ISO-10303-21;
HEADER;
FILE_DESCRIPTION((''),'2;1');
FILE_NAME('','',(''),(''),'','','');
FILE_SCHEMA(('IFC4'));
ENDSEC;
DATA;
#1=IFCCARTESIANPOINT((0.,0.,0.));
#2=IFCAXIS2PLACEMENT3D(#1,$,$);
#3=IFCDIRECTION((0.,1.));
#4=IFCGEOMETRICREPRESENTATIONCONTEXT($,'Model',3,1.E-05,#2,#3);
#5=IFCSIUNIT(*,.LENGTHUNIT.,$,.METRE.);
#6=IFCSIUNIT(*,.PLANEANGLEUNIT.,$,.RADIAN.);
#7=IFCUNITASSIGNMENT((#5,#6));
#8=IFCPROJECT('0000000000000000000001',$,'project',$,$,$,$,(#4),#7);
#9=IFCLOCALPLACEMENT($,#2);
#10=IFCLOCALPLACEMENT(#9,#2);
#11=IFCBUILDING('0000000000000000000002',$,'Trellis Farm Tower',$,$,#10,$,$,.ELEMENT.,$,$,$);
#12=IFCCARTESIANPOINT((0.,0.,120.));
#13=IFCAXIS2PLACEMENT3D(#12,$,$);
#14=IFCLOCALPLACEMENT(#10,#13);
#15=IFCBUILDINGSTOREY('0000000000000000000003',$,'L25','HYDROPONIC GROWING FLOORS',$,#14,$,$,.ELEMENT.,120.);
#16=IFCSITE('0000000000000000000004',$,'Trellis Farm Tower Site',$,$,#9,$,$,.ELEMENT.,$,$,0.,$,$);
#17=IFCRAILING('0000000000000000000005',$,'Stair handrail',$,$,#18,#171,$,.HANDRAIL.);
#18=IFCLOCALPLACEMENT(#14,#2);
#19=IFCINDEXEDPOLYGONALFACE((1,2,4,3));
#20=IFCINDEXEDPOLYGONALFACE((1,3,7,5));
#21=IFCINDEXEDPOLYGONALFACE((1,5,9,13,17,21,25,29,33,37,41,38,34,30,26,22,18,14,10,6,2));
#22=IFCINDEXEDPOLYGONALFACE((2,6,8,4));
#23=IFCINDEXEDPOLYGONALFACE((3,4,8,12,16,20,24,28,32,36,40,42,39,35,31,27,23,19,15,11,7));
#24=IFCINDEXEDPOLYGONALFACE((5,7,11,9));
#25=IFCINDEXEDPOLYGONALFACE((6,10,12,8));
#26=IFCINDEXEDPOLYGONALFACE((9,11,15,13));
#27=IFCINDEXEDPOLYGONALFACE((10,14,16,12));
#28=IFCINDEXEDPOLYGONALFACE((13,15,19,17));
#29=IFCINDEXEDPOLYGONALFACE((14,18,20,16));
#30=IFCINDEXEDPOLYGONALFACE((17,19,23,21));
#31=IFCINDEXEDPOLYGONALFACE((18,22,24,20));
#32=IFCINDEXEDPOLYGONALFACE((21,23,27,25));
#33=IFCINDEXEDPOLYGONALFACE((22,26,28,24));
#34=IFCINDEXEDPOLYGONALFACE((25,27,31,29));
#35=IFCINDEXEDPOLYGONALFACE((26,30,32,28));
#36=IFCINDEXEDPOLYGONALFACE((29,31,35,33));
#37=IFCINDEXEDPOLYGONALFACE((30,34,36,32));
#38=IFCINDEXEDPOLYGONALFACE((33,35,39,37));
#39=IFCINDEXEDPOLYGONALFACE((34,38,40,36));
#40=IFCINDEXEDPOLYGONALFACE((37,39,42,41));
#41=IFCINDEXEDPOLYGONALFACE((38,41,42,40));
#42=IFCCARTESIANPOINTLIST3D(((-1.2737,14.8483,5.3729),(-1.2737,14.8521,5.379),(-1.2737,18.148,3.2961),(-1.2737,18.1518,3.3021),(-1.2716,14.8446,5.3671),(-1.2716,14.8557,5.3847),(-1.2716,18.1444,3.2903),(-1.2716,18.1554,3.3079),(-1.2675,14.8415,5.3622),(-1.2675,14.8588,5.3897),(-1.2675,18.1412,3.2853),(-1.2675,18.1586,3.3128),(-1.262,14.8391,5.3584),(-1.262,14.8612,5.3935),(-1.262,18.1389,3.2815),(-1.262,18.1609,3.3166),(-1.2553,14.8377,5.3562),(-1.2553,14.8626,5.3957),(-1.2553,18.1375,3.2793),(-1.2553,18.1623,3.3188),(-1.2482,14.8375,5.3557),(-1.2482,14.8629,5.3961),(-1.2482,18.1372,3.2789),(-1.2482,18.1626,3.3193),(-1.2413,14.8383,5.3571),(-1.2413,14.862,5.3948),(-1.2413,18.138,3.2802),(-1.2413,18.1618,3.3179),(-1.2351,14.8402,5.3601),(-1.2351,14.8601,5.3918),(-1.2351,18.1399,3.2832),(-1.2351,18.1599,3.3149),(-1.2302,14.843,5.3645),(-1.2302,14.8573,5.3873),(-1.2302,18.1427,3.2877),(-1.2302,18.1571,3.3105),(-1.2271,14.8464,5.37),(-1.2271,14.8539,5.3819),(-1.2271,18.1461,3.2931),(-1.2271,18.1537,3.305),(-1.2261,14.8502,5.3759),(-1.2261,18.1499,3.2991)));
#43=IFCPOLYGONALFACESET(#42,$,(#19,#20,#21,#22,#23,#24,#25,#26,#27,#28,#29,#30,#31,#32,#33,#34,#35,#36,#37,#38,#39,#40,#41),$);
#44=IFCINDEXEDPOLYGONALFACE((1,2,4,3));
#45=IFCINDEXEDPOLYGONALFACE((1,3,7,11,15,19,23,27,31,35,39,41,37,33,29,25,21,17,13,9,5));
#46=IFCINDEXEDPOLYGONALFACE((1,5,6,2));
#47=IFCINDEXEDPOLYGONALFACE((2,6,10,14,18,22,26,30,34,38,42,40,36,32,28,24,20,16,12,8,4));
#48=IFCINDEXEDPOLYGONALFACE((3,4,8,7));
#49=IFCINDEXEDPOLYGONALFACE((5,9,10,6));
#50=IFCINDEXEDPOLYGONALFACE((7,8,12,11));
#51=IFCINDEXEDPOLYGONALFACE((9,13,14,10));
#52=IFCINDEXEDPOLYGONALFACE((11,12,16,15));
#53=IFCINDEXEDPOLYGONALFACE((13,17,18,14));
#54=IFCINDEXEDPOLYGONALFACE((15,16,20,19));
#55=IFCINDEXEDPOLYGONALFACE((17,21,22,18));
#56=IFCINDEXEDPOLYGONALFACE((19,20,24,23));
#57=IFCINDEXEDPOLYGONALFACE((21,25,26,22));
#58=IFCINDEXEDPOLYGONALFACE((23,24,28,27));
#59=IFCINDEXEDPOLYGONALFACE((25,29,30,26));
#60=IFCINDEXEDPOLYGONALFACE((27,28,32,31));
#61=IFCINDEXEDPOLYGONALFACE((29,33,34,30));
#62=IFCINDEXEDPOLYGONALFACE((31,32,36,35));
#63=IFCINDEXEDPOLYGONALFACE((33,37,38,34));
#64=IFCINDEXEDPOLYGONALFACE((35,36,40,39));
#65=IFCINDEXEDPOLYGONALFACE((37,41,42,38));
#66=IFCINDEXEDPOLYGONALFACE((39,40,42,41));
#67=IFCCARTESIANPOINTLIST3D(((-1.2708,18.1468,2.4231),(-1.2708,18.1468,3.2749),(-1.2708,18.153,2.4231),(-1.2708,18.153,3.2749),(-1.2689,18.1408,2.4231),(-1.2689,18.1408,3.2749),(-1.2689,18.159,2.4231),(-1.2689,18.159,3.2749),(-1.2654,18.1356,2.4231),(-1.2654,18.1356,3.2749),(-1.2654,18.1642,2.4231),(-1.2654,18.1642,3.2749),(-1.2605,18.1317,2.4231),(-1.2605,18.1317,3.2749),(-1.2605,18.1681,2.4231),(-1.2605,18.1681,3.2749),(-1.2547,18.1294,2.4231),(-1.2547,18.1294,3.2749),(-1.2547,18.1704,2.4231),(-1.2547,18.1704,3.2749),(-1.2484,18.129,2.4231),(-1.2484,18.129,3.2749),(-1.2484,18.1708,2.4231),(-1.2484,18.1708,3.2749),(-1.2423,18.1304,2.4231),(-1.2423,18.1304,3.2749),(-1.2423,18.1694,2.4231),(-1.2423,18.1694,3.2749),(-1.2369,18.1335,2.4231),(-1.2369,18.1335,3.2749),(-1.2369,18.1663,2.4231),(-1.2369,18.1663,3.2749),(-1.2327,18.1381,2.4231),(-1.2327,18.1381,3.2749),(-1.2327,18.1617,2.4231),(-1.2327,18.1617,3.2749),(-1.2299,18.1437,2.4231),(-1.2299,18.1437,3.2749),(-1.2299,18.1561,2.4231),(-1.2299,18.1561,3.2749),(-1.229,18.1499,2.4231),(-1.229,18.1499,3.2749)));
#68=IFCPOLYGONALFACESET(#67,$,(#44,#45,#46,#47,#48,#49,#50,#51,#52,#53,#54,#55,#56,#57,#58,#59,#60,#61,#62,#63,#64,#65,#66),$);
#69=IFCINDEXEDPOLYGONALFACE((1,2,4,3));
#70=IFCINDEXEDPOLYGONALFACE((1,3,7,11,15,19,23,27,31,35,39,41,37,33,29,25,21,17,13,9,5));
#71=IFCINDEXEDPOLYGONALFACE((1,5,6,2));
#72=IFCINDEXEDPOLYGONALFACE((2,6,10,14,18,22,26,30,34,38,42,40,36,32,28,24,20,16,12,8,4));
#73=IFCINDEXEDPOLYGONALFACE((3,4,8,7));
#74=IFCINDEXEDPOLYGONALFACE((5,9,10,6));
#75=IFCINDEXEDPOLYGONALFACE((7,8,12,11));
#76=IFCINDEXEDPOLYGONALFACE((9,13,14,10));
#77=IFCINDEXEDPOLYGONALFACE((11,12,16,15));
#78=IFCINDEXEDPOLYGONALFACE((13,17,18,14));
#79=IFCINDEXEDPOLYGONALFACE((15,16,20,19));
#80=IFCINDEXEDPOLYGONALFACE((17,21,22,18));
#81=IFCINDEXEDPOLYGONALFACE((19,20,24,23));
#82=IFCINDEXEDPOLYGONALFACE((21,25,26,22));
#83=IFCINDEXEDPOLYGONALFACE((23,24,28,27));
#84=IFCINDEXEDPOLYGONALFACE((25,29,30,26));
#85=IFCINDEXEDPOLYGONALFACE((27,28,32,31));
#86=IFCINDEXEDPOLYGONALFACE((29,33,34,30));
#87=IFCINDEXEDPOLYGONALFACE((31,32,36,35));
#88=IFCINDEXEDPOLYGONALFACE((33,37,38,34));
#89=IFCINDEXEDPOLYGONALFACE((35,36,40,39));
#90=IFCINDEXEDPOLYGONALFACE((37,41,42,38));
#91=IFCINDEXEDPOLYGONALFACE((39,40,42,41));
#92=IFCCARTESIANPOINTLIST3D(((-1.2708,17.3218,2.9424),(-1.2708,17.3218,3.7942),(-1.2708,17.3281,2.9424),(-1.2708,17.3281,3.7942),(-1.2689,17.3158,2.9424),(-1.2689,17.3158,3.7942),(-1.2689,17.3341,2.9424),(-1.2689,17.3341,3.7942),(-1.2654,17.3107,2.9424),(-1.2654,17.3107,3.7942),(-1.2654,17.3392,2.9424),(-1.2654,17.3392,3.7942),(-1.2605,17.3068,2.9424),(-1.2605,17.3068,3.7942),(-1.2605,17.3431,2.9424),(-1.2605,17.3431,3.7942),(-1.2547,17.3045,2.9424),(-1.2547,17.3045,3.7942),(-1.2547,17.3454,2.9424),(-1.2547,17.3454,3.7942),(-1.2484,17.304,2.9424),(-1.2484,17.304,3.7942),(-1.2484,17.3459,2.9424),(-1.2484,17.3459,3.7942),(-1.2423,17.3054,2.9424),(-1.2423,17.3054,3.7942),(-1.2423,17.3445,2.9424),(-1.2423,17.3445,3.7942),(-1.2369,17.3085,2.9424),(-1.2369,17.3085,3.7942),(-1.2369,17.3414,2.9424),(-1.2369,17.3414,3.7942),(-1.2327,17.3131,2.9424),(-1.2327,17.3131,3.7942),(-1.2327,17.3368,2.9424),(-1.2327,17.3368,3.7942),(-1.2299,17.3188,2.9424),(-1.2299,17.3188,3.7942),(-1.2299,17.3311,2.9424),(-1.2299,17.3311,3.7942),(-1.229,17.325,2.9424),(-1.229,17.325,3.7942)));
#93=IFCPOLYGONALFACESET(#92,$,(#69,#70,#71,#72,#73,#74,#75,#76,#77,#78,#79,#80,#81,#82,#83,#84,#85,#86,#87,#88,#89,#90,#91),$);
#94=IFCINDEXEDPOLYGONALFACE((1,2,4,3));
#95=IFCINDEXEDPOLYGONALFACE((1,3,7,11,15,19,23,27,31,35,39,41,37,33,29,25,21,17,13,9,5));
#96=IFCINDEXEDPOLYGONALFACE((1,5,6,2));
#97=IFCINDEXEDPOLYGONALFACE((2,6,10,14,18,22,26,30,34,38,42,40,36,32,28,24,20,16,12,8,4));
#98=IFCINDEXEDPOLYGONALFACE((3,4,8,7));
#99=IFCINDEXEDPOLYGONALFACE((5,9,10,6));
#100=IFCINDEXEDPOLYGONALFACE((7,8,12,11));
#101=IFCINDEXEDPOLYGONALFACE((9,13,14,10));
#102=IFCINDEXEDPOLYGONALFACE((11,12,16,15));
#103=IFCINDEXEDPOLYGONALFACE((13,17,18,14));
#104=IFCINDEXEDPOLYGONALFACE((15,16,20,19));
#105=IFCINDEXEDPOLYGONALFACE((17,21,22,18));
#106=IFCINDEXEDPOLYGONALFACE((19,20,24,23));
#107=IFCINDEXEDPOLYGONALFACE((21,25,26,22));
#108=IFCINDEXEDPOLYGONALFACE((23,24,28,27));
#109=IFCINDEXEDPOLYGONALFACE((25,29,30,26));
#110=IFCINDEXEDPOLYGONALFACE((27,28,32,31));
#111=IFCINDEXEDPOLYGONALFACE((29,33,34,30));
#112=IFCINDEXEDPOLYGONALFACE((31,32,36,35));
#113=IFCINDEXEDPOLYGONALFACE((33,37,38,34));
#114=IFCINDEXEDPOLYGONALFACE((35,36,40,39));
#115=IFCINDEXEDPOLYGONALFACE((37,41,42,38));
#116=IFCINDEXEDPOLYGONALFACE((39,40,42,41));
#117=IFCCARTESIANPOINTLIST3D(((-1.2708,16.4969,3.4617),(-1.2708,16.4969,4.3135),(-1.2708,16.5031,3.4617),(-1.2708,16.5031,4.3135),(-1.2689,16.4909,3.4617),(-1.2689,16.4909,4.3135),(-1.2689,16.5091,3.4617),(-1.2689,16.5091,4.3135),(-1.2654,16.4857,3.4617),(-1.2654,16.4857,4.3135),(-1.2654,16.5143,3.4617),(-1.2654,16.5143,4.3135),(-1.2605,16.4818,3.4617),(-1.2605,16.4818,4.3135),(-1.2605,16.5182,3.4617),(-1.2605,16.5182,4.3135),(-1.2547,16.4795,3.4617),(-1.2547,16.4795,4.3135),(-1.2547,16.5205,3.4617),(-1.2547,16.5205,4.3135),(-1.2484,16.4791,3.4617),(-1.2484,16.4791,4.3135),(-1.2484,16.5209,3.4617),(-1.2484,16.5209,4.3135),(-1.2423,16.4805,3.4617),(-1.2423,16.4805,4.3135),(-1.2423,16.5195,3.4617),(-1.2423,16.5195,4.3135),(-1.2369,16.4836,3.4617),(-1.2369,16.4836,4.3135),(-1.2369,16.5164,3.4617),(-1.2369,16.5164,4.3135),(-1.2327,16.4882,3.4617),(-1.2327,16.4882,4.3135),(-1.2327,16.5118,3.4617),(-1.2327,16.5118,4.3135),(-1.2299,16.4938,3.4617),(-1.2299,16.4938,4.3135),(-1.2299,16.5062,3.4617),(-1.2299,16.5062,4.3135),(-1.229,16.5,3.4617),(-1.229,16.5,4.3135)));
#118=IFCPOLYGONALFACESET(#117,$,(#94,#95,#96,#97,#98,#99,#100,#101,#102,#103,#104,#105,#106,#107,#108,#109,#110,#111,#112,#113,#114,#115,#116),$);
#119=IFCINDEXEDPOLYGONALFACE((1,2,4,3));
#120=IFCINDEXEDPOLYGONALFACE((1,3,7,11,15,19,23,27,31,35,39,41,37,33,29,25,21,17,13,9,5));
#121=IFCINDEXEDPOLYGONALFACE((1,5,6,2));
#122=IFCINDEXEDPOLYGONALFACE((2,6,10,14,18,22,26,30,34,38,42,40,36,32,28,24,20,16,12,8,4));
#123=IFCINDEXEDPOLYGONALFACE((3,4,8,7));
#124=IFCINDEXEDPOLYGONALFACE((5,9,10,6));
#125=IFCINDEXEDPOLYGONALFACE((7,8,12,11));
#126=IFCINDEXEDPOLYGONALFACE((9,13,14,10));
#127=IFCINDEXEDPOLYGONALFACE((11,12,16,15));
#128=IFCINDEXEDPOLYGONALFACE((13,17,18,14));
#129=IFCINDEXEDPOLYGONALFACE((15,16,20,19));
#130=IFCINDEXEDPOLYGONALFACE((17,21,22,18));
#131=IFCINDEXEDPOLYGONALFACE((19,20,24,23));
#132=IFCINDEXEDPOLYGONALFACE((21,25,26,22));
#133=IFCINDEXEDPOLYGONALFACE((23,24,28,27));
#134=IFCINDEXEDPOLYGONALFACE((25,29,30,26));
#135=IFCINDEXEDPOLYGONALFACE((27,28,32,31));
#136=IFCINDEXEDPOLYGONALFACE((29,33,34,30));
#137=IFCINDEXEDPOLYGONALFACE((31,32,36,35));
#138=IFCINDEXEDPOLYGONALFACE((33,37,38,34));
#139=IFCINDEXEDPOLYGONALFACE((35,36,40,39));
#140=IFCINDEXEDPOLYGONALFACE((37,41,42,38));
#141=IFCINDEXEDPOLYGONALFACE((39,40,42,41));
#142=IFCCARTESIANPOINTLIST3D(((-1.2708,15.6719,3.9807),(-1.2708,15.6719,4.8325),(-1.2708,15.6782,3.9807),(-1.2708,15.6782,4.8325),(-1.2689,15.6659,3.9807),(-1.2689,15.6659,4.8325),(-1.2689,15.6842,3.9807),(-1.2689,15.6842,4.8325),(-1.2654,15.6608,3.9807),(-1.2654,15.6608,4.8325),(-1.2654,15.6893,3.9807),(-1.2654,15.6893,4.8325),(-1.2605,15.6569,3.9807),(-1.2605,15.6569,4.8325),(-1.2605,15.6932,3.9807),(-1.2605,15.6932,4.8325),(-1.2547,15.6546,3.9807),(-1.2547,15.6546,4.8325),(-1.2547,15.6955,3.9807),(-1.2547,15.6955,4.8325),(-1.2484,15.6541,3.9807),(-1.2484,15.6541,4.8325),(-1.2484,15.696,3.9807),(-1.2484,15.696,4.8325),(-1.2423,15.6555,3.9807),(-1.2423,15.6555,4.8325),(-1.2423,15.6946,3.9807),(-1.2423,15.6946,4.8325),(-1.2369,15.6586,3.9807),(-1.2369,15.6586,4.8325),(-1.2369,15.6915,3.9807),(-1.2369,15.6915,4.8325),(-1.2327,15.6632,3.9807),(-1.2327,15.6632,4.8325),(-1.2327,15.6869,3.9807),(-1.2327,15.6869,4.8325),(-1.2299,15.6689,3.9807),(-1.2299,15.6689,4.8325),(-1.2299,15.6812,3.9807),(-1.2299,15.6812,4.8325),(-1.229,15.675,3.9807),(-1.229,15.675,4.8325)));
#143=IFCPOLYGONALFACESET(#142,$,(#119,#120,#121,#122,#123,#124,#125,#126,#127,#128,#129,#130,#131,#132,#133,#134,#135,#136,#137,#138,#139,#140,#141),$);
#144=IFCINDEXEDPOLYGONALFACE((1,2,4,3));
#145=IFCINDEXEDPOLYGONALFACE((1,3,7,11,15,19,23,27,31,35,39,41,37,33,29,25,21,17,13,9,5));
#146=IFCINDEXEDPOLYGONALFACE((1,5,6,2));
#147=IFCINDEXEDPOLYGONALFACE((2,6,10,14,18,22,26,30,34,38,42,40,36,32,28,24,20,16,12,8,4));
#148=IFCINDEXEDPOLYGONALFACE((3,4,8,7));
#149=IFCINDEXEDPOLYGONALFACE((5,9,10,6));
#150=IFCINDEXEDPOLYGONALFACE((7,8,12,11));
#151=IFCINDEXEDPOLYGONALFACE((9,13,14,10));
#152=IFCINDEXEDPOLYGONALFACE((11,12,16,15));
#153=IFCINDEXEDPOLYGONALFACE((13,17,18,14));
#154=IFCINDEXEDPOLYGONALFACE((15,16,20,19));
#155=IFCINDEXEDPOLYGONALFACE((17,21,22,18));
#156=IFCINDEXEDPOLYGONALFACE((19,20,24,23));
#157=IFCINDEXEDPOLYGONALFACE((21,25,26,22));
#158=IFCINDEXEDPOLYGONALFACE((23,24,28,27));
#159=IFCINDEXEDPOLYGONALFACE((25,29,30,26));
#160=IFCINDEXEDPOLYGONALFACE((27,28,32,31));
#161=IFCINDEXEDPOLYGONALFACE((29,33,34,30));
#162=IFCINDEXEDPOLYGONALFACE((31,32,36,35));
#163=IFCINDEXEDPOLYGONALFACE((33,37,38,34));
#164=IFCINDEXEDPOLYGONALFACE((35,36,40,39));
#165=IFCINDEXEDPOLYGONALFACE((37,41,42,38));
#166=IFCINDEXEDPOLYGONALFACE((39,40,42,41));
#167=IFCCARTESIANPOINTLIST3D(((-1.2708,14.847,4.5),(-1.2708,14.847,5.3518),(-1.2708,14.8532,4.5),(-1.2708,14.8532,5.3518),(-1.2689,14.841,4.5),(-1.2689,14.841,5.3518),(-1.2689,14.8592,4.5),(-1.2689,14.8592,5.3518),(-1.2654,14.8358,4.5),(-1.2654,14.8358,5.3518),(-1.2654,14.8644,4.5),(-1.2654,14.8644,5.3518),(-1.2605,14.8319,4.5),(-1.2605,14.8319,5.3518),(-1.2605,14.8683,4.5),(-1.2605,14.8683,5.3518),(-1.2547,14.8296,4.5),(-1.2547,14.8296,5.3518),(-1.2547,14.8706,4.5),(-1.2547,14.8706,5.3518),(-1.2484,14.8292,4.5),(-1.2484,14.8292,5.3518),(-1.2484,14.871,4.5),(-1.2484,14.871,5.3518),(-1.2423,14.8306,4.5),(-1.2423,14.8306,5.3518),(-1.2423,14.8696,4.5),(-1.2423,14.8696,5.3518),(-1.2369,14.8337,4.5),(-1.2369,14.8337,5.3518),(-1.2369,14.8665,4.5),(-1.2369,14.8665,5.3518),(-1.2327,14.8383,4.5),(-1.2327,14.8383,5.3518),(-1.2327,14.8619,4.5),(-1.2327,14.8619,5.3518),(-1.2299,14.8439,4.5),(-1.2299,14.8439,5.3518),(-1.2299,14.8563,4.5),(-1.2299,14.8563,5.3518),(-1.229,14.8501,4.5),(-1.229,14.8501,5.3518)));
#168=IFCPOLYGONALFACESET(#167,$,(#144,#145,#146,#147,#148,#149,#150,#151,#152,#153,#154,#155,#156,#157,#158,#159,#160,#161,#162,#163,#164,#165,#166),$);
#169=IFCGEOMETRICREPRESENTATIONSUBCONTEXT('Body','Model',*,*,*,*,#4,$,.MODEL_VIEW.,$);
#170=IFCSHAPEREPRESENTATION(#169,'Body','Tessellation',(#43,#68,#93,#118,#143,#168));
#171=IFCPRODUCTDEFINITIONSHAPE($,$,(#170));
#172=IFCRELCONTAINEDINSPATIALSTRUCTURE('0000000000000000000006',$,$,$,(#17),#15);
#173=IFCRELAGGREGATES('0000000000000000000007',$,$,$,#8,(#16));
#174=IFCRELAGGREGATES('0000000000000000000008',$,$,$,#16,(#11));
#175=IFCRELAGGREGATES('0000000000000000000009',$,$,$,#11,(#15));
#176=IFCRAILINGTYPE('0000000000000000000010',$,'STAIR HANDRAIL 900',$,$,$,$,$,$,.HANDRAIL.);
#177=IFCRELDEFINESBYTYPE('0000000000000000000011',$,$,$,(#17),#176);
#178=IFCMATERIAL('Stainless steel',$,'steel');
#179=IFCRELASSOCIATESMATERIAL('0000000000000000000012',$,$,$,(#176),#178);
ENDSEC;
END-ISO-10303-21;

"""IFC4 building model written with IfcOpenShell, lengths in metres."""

from ifc_helpers import new_model, si_unit, direction, frame, origin, origin_2d, place, context, subcontext, project, spatial, circle, extrude, source, transform, mapped, material, type_object, element, save


model = new_model("IFC4")

# Units and contexts
model_context = context("Model", 3, precision=1e-05, world=origin(), true_north=direction((0.0, 1.0)))
body_context = subcontext(model_context, "Body", "Model", "MODEL_VIEW")
ifc_project = project(units=[si_unit("LENGTHUNIT", "METRE"), si_unit("PLANEANGLEUNIT", "RADIAN")], contexts=[model_context])

# Site, building, storey
site_placement = place(None, origin())
site = spatial("IfcSite", under=ifc_project, at=site_placement, Name="Trellis Farm Tower Site", CompositionType="ELEMENT", RefElevation=0.0)
building_placement = place(site_placement, origin())
building = spatial("IfcBuilding", under=site, at=building_placement, Name="Trellis Farm Tower", CompositionType="ELEMENT")
storey_placement = place(building_placement, frame((0.0, 0.0, 120.0)))
storey = spatial("IfcBuildingStorey", under=building, at=storey_placement, Name="L25", Description="HYDROPONIC GROWING FLOORS", CompositionType="ELEMENT", Elevation=120.0)

# Railing
ifc_material_1 = material(Name="Stainless steel", Category="steel")
railing_type = type_object("IfcRailingType", Name="STAIR HANDRAIL 900", PredefinedType="HANDRAIL", material=ifc_material_1)
shared_shape_1 = source(origin(), body_context, "Body", "SweptSolid", [
    extrude(circle(Radius=0.0239, at=origin_2d()), frame((0.0, 0.0, 0.876), z_axis=(0.0, -0.84632, 0.532675), x_axis=(1.0, 0.0, 0.0)), (0.0, 0.0, 1.0), 3.8989),
    extrude(circle(Radius=0.021, at=origin_2d()), origin(), (0.0, 0.0, 1.0), 0.8518),
    extrude(circle(Radius=0.021, at=origin_2d()), frame((0.0, -0.825, 0.5193)), (0.0, 0.0, 1.0), 0.8518),
    extrude(circle(Radius=0.021, at=origin_2d()), frame((0.0, -1.6499, 1.0386)), (0.0, 0.0, 1.0), 0.8518),
    extrude(circle(Radius=0.021, at=origin_2d()), frame((0.0, -2.4749, 1.5576)), (0.0, 0.0, 1.0), 0.8518),
    extrude(circle(Radius=0.021, at=origin_2d()), frame((0.0, -3.2998, 2.0769)), (0.0, 0.0, 1.0), 0.8518),
])
railing_placement = place(storey_placement, frame((-1.25, 18.1499, 2.4231)))
element("IfcRailing", 1, at=railing_placement, inside=storey, type_object=railing_type, Name="Stair handrail", PredefinedType="HANDRAIL", context=body_context, shape_type="MappedRepresentation", body=[
    mapped(shared_shape_1, transform((0.0, 0.0, 0.0))),
])

save(model, "model.ifc")
